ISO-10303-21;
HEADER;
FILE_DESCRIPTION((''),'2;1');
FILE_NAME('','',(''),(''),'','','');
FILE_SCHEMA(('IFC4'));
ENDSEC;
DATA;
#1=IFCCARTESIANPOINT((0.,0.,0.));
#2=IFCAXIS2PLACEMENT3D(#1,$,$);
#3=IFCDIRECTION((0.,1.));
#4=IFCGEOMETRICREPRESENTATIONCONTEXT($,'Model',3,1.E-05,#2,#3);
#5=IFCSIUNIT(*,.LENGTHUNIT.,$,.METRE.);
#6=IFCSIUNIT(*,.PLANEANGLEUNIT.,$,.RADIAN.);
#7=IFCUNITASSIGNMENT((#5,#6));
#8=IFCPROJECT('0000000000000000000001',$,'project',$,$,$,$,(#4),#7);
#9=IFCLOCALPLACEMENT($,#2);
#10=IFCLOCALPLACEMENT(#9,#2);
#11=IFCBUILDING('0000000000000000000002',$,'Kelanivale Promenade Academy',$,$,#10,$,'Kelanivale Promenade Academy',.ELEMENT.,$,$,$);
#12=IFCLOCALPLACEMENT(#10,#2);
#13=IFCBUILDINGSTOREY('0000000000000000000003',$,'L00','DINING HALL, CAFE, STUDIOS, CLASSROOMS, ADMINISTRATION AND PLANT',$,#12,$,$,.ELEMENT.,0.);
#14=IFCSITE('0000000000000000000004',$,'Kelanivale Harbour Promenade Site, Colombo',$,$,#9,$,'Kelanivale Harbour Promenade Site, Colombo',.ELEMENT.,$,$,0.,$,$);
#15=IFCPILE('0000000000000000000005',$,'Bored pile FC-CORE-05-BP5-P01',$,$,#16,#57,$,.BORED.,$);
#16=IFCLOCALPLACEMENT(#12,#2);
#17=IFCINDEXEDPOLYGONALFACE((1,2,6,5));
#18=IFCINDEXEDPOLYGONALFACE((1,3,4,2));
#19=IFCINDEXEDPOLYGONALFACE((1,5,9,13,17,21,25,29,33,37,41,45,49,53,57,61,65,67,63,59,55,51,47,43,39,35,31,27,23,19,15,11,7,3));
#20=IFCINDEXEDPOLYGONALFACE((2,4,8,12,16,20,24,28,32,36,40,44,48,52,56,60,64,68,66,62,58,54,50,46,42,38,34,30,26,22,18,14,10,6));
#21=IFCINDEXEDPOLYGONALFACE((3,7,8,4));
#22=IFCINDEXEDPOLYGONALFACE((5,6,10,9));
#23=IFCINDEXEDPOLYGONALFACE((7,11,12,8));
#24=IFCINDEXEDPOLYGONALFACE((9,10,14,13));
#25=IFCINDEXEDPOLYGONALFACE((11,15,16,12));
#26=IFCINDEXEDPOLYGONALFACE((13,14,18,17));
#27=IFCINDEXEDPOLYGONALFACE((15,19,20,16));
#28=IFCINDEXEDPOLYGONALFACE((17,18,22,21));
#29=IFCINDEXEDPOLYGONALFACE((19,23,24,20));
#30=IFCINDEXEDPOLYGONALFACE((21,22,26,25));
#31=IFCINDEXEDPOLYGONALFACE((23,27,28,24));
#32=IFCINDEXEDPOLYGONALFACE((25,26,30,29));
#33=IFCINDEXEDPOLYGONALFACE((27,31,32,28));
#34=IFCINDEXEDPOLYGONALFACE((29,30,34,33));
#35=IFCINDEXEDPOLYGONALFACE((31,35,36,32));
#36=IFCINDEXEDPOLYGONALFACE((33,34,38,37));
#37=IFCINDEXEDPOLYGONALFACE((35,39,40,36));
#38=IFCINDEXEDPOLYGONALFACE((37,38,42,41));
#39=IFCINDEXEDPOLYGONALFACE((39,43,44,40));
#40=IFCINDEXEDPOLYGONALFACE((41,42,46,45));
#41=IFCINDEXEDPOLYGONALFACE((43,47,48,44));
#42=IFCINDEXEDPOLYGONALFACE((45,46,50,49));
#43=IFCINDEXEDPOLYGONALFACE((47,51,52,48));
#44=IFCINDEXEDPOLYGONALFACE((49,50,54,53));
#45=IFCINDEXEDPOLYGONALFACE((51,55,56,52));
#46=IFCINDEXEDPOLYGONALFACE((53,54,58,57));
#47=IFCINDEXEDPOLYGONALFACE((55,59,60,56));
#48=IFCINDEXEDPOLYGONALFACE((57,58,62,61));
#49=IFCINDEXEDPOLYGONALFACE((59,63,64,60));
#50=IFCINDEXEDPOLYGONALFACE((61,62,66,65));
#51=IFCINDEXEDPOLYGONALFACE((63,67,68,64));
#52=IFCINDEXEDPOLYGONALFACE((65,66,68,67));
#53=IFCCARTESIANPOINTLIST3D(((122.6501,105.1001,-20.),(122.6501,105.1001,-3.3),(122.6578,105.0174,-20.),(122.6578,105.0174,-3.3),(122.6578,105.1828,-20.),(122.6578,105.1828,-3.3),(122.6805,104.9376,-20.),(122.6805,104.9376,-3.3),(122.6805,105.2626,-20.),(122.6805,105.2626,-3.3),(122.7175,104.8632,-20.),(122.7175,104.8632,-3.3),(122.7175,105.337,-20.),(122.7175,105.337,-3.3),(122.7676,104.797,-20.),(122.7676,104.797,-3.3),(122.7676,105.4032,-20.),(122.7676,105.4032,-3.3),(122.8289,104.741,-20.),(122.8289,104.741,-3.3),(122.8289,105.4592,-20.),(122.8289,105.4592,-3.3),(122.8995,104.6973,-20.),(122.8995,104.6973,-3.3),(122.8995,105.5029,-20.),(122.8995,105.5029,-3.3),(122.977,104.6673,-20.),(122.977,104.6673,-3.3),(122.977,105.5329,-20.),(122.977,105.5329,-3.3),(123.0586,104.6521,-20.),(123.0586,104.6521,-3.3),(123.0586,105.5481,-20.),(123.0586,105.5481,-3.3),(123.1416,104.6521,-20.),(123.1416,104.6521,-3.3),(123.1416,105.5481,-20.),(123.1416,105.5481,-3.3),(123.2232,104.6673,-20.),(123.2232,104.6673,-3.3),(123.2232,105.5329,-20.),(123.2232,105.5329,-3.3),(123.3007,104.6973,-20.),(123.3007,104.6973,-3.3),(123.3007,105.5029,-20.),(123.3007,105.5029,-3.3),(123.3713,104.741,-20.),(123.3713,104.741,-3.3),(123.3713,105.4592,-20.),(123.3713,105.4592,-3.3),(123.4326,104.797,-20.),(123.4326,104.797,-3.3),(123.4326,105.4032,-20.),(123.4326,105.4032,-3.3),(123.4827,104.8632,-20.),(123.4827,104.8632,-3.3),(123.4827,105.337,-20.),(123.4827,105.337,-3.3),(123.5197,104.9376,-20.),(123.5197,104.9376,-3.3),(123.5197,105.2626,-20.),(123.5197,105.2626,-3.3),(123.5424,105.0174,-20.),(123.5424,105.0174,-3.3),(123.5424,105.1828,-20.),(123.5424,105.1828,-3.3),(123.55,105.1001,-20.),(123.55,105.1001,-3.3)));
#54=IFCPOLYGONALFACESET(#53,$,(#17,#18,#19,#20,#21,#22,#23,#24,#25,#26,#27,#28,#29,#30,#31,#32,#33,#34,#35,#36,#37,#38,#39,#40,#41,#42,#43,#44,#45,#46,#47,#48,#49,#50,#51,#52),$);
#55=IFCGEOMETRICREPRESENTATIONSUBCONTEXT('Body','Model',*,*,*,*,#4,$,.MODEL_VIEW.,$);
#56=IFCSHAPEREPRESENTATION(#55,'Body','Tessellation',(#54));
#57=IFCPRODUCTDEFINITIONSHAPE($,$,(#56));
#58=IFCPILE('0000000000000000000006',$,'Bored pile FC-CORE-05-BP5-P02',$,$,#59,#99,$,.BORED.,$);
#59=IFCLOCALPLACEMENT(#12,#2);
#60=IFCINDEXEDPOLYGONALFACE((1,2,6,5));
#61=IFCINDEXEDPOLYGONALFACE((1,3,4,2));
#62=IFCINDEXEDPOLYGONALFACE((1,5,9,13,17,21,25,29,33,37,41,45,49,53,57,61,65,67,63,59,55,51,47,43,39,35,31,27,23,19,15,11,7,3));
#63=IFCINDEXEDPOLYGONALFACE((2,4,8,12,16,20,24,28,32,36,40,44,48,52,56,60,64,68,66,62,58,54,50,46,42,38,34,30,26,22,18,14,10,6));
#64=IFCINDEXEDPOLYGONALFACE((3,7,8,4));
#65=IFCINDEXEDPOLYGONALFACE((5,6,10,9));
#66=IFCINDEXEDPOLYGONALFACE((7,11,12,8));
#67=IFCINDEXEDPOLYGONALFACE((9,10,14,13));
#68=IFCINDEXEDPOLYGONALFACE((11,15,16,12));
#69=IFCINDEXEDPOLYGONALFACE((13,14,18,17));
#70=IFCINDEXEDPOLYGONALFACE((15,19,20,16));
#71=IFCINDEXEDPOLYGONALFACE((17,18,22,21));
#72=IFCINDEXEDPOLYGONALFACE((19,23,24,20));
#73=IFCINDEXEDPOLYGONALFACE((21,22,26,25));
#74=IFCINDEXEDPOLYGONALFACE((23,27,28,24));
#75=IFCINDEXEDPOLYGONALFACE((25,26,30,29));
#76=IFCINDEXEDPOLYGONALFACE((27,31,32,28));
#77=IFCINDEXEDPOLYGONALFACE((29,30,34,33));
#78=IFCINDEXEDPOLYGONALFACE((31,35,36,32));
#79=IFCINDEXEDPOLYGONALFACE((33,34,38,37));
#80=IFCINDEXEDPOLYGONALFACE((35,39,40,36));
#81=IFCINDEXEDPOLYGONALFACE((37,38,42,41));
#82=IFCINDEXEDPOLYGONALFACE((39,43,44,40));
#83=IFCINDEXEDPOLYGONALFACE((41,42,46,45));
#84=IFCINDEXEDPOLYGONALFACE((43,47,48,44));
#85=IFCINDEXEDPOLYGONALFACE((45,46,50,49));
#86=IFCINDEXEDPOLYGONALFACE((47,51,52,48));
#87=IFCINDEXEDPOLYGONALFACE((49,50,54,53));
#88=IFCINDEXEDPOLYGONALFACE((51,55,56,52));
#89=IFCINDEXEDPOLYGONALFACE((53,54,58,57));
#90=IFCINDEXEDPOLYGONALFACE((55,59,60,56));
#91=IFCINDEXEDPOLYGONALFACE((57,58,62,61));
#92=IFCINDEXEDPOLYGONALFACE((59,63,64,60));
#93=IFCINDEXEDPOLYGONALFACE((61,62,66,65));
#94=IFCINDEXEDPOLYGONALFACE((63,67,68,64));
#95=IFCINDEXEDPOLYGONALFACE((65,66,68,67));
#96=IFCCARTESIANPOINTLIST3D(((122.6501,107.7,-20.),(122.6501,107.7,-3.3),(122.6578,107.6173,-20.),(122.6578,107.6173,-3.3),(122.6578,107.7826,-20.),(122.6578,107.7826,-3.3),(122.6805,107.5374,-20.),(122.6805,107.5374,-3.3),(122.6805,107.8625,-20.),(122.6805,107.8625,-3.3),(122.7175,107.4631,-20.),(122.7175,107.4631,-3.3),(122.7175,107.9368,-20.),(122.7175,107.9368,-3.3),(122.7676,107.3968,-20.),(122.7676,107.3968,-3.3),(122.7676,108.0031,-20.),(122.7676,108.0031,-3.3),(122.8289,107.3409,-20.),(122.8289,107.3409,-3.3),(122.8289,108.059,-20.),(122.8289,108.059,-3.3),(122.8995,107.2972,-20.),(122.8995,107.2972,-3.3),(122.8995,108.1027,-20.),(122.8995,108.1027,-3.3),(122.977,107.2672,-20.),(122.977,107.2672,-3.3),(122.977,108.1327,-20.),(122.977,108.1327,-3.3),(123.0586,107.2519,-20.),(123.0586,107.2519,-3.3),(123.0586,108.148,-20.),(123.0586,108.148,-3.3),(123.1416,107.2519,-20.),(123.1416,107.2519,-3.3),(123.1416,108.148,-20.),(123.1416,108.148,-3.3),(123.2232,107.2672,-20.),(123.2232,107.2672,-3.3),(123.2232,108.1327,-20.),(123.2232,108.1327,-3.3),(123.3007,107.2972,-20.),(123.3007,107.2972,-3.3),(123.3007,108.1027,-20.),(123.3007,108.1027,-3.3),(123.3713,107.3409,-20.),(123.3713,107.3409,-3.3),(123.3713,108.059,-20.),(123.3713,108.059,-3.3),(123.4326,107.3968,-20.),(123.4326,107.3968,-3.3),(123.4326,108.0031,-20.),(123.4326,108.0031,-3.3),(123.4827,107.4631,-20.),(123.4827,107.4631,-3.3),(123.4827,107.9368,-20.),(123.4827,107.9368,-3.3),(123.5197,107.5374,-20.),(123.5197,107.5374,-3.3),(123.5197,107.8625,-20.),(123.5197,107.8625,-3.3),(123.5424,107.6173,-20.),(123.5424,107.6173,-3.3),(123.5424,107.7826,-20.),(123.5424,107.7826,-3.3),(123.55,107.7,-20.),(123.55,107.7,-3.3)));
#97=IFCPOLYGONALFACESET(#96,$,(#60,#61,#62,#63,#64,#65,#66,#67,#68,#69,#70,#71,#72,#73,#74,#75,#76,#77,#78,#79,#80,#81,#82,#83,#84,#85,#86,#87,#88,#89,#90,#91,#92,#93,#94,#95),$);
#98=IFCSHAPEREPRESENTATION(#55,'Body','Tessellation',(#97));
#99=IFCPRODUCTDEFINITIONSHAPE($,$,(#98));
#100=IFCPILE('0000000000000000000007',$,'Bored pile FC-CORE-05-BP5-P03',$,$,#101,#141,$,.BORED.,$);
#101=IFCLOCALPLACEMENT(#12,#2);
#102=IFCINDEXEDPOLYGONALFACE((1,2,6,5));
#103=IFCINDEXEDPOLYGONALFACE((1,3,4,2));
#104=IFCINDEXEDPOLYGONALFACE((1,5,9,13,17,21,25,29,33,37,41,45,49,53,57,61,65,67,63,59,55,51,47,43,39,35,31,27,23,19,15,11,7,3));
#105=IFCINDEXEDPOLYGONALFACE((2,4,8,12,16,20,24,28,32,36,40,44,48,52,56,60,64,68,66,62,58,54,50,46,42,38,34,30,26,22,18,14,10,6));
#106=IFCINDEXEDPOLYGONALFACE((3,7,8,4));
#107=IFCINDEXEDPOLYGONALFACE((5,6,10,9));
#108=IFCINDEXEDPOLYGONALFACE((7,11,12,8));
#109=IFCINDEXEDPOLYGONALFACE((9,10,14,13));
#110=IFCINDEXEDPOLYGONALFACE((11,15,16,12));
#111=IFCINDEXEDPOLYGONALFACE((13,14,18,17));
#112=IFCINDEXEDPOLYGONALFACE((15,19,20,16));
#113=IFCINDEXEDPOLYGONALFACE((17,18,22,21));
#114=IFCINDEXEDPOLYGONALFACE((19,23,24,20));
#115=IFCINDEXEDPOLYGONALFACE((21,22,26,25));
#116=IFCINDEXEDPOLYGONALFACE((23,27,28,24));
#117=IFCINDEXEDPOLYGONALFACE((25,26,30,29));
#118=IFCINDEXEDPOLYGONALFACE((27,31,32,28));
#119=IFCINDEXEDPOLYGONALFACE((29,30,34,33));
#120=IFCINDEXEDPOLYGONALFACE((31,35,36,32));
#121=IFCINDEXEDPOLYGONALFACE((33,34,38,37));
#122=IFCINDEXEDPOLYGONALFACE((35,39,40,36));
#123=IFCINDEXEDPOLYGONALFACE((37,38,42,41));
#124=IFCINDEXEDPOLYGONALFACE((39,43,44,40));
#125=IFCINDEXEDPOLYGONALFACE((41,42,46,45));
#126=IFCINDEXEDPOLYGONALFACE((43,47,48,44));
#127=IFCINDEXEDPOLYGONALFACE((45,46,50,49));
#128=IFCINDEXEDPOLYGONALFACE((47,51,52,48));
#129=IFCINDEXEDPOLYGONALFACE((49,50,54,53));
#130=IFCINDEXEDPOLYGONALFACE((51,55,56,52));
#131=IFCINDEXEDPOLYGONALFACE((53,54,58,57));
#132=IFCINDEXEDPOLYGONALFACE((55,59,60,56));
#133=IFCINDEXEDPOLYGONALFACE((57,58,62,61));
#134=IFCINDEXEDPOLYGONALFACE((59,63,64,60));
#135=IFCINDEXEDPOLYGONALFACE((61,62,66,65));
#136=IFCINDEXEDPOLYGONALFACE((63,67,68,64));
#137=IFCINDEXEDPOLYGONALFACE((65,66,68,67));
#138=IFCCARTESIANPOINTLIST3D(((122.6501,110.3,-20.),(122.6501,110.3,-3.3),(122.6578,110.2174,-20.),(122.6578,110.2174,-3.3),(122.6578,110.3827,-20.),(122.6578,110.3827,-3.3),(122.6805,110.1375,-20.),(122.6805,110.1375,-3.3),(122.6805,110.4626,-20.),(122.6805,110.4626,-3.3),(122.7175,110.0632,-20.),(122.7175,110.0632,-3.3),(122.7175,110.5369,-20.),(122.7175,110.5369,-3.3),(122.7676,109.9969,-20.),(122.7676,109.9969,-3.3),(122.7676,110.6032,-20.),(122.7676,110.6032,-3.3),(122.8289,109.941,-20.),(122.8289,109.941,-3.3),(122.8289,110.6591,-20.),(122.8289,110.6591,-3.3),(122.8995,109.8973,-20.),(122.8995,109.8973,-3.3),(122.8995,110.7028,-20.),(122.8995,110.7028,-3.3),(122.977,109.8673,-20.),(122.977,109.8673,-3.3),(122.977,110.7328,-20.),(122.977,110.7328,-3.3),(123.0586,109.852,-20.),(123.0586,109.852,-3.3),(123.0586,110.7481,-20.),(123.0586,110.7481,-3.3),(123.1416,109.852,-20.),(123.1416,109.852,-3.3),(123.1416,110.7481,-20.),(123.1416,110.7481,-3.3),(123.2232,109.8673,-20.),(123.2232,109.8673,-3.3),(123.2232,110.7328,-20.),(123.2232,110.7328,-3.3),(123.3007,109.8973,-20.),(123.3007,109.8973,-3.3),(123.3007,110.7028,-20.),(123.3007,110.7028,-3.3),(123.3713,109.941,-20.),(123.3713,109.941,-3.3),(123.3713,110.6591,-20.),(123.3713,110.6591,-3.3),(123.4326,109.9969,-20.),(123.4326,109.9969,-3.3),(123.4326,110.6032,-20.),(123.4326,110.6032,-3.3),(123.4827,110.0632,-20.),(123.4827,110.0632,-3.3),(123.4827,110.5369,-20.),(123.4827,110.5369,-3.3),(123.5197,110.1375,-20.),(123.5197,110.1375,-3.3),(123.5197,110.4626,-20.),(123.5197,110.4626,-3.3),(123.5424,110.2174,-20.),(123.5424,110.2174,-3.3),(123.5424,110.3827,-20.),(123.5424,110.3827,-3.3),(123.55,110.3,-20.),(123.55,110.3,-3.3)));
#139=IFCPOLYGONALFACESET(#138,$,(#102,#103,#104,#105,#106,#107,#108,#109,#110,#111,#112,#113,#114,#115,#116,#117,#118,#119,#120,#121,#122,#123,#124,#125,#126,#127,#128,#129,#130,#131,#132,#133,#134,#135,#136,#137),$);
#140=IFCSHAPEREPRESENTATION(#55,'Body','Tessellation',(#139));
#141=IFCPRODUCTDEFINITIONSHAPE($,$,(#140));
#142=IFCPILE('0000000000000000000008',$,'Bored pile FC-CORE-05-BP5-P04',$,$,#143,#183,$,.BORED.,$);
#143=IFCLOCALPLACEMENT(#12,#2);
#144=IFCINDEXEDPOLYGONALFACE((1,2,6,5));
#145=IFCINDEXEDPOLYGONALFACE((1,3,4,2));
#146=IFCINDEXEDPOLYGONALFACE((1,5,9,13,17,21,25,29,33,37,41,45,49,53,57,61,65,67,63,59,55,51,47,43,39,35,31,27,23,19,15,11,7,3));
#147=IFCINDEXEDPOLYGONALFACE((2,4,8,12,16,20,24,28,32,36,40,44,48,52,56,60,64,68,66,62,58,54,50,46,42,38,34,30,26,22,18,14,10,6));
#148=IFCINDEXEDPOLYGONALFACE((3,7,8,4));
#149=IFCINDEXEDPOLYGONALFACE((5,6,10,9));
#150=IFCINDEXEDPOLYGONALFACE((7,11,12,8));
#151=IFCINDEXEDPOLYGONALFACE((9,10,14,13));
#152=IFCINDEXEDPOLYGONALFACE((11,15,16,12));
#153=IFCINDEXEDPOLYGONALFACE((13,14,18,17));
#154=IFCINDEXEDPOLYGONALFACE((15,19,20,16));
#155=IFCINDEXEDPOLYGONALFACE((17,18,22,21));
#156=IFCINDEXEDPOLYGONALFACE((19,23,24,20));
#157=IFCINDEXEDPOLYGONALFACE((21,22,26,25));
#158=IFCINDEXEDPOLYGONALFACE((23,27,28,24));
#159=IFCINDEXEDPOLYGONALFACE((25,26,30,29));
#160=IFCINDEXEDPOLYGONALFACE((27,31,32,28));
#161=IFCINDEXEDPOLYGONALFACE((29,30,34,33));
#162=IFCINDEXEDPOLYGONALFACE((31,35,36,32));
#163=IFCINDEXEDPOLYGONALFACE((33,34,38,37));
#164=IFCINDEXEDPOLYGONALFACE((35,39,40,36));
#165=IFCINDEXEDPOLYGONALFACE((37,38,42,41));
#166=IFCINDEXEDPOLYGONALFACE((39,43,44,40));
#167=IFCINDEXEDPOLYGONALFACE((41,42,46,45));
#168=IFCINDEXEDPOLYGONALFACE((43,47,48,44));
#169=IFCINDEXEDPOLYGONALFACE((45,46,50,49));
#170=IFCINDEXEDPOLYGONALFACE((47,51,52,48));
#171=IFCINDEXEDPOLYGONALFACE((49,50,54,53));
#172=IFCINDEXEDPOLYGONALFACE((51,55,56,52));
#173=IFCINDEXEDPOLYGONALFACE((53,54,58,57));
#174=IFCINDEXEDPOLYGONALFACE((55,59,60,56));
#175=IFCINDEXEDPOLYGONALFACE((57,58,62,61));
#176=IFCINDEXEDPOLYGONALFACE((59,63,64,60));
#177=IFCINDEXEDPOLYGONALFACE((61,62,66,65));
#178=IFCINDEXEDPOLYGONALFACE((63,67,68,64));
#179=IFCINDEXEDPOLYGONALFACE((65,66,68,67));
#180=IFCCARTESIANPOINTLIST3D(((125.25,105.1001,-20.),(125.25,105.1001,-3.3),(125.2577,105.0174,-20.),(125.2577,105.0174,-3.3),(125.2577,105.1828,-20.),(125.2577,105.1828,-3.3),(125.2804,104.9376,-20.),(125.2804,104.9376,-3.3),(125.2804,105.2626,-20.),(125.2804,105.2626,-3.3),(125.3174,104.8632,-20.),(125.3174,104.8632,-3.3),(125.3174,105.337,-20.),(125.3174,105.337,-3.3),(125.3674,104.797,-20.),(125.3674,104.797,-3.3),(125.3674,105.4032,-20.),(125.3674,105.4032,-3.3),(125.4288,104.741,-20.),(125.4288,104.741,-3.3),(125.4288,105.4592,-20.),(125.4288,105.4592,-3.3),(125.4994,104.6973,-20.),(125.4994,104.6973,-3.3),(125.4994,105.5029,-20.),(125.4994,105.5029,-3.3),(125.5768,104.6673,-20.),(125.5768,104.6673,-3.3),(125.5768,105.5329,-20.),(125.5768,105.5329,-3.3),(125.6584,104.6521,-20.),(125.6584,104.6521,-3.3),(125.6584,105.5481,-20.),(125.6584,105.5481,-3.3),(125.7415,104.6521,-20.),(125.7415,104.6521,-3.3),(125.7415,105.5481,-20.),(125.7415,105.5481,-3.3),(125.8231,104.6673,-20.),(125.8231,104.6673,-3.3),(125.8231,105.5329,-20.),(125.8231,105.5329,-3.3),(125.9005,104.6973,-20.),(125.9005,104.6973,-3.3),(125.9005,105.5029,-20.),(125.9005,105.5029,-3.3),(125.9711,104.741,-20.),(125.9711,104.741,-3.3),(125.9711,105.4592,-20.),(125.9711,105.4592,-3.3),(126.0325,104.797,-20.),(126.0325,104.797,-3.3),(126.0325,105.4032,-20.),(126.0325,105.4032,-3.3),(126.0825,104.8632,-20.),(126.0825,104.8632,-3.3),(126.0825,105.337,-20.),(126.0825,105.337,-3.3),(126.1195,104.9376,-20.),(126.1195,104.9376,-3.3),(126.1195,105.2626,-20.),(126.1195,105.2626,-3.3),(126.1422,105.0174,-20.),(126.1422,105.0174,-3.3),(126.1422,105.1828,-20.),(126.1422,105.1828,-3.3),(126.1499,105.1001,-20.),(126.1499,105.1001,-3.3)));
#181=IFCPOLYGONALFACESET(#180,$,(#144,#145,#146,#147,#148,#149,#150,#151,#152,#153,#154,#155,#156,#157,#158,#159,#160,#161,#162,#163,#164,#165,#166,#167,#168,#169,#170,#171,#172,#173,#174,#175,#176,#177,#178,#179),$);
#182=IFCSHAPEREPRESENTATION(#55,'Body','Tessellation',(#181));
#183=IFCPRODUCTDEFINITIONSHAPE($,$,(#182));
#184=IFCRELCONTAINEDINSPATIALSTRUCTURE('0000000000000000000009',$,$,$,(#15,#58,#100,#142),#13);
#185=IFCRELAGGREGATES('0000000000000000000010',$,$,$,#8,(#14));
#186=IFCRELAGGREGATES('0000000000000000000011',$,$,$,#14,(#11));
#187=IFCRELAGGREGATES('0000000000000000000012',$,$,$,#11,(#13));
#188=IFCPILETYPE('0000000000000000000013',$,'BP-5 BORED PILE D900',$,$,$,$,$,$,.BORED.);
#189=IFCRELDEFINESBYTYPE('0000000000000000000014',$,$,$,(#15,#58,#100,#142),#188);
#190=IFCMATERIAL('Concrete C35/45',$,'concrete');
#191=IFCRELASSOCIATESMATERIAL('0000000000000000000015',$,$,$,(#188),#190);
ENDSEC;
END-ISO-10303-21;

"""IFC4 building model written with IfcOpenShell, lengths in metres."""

from ifc_helpers import new_model, si_unit, direction, frame, origin, origin_2d, place, context, subcontext, project, spatial, circle, extrude, material, material_profile, profile_set, type_object, element, save


model = new_model("IFC4")

# Units and contexts
model_context = context("Model", 3, precision=1e-05, world=origin(), true_north=direction((0.0, 1.0)))
body_context = subcontext(model_context, "Body", "Model", "MODEL_VIEW")
ifc_project = project(units=[si_unit("LENGTHUNIT", "METRE"), si_unit("PLANEANGLEUNIT", "RADIAN")], contexts=[model_context])

# Site, building, storey
site_placement = place(None, origin())
site = spatial("IfcSite", under=ifc_project, at=site_placement, Name="Kelanivale Harbour Promenade Site, Colombo", LongName="Kelanivale Harbour Promenade Site, Colombo", CompositionType="ELEMENT", RefElevation=0.0)
building_placement = place(site_placement, origin())
building = spatial("IfcBuilding", under=site, at=building_placement, Name="Kelanivale Promenade Academy", LongName="Kelanivale Promenade Academy", CompositionType="ELEMENT")
storey_placement = place(building_placement, origin())
storey = spatial("IfcBuildingStorey", under=building, at=storey_placement, Name="L00", Description="DINING HALL, CAFE, STUDIOS, CLASSROOMS, ADMINISTRATION AND PLANT", CompositionType="ELEMENT", Elevation=0.0)

# Piles
ifc_material_1 = material(Name="Concrete C35/45", Category="concrete")
ifc_material_profile_1 = material_profile(ifc_material_1, circle(Radius=0.45, at=origin_2d()), Name="BORED PILE D900")
ifc_profile_set_1 = profile_set([ifc_material_profile_1], Name="Concrete C35/45")
pile_type = type_object("IfcPileType", Name="BP-5 BORED PILE D900", PredefinedType="BORED", material=ifc_profile_set_1)
for number, where, z_axis, x_axis, name in (
    (1, (123.1001, 105.1001, -3.3), (0.0, 0.0, -1.0), (1.0, 0.0, 0.0), "Bored pile FC-CORE-05-BP5-P01"),
    (2, (123.1001, 107.7, -3.3), (0.0, 0.0, -1.0), (1.0, 0.0, 0.0), "Bored pile FC-CORE-05-BP5-P02"),
    (3, (123.1001, 110.3, -3.3), (0.0, 0.0, -1.0), (1.0, 0.0, 0.0), "Bored pile FC-CORE-05-BP5-P03"),
    (4, (125.7, 105.1001, -3.3), (0.0, 0.0, -1.0), (1.0, 0.0, 0.0), "Bored pile FC-CORE-05-BP5-P04"),
):
    element("IfcPile", number, at=place(storey_placement, frame(where, z_axis=z_axis, x_axis=x_axis)), inside=storey, type_object=pile_type, Name=name, PredefinedType="BORED", context=body_context, shape_type="SweptSolid", body=[
        extrude(circle(Radius=0.45, at=origin_2d()), origin(), (0.0, 0.0, 1.0), 16.7),
    ])

save(model, "model.ifc")
